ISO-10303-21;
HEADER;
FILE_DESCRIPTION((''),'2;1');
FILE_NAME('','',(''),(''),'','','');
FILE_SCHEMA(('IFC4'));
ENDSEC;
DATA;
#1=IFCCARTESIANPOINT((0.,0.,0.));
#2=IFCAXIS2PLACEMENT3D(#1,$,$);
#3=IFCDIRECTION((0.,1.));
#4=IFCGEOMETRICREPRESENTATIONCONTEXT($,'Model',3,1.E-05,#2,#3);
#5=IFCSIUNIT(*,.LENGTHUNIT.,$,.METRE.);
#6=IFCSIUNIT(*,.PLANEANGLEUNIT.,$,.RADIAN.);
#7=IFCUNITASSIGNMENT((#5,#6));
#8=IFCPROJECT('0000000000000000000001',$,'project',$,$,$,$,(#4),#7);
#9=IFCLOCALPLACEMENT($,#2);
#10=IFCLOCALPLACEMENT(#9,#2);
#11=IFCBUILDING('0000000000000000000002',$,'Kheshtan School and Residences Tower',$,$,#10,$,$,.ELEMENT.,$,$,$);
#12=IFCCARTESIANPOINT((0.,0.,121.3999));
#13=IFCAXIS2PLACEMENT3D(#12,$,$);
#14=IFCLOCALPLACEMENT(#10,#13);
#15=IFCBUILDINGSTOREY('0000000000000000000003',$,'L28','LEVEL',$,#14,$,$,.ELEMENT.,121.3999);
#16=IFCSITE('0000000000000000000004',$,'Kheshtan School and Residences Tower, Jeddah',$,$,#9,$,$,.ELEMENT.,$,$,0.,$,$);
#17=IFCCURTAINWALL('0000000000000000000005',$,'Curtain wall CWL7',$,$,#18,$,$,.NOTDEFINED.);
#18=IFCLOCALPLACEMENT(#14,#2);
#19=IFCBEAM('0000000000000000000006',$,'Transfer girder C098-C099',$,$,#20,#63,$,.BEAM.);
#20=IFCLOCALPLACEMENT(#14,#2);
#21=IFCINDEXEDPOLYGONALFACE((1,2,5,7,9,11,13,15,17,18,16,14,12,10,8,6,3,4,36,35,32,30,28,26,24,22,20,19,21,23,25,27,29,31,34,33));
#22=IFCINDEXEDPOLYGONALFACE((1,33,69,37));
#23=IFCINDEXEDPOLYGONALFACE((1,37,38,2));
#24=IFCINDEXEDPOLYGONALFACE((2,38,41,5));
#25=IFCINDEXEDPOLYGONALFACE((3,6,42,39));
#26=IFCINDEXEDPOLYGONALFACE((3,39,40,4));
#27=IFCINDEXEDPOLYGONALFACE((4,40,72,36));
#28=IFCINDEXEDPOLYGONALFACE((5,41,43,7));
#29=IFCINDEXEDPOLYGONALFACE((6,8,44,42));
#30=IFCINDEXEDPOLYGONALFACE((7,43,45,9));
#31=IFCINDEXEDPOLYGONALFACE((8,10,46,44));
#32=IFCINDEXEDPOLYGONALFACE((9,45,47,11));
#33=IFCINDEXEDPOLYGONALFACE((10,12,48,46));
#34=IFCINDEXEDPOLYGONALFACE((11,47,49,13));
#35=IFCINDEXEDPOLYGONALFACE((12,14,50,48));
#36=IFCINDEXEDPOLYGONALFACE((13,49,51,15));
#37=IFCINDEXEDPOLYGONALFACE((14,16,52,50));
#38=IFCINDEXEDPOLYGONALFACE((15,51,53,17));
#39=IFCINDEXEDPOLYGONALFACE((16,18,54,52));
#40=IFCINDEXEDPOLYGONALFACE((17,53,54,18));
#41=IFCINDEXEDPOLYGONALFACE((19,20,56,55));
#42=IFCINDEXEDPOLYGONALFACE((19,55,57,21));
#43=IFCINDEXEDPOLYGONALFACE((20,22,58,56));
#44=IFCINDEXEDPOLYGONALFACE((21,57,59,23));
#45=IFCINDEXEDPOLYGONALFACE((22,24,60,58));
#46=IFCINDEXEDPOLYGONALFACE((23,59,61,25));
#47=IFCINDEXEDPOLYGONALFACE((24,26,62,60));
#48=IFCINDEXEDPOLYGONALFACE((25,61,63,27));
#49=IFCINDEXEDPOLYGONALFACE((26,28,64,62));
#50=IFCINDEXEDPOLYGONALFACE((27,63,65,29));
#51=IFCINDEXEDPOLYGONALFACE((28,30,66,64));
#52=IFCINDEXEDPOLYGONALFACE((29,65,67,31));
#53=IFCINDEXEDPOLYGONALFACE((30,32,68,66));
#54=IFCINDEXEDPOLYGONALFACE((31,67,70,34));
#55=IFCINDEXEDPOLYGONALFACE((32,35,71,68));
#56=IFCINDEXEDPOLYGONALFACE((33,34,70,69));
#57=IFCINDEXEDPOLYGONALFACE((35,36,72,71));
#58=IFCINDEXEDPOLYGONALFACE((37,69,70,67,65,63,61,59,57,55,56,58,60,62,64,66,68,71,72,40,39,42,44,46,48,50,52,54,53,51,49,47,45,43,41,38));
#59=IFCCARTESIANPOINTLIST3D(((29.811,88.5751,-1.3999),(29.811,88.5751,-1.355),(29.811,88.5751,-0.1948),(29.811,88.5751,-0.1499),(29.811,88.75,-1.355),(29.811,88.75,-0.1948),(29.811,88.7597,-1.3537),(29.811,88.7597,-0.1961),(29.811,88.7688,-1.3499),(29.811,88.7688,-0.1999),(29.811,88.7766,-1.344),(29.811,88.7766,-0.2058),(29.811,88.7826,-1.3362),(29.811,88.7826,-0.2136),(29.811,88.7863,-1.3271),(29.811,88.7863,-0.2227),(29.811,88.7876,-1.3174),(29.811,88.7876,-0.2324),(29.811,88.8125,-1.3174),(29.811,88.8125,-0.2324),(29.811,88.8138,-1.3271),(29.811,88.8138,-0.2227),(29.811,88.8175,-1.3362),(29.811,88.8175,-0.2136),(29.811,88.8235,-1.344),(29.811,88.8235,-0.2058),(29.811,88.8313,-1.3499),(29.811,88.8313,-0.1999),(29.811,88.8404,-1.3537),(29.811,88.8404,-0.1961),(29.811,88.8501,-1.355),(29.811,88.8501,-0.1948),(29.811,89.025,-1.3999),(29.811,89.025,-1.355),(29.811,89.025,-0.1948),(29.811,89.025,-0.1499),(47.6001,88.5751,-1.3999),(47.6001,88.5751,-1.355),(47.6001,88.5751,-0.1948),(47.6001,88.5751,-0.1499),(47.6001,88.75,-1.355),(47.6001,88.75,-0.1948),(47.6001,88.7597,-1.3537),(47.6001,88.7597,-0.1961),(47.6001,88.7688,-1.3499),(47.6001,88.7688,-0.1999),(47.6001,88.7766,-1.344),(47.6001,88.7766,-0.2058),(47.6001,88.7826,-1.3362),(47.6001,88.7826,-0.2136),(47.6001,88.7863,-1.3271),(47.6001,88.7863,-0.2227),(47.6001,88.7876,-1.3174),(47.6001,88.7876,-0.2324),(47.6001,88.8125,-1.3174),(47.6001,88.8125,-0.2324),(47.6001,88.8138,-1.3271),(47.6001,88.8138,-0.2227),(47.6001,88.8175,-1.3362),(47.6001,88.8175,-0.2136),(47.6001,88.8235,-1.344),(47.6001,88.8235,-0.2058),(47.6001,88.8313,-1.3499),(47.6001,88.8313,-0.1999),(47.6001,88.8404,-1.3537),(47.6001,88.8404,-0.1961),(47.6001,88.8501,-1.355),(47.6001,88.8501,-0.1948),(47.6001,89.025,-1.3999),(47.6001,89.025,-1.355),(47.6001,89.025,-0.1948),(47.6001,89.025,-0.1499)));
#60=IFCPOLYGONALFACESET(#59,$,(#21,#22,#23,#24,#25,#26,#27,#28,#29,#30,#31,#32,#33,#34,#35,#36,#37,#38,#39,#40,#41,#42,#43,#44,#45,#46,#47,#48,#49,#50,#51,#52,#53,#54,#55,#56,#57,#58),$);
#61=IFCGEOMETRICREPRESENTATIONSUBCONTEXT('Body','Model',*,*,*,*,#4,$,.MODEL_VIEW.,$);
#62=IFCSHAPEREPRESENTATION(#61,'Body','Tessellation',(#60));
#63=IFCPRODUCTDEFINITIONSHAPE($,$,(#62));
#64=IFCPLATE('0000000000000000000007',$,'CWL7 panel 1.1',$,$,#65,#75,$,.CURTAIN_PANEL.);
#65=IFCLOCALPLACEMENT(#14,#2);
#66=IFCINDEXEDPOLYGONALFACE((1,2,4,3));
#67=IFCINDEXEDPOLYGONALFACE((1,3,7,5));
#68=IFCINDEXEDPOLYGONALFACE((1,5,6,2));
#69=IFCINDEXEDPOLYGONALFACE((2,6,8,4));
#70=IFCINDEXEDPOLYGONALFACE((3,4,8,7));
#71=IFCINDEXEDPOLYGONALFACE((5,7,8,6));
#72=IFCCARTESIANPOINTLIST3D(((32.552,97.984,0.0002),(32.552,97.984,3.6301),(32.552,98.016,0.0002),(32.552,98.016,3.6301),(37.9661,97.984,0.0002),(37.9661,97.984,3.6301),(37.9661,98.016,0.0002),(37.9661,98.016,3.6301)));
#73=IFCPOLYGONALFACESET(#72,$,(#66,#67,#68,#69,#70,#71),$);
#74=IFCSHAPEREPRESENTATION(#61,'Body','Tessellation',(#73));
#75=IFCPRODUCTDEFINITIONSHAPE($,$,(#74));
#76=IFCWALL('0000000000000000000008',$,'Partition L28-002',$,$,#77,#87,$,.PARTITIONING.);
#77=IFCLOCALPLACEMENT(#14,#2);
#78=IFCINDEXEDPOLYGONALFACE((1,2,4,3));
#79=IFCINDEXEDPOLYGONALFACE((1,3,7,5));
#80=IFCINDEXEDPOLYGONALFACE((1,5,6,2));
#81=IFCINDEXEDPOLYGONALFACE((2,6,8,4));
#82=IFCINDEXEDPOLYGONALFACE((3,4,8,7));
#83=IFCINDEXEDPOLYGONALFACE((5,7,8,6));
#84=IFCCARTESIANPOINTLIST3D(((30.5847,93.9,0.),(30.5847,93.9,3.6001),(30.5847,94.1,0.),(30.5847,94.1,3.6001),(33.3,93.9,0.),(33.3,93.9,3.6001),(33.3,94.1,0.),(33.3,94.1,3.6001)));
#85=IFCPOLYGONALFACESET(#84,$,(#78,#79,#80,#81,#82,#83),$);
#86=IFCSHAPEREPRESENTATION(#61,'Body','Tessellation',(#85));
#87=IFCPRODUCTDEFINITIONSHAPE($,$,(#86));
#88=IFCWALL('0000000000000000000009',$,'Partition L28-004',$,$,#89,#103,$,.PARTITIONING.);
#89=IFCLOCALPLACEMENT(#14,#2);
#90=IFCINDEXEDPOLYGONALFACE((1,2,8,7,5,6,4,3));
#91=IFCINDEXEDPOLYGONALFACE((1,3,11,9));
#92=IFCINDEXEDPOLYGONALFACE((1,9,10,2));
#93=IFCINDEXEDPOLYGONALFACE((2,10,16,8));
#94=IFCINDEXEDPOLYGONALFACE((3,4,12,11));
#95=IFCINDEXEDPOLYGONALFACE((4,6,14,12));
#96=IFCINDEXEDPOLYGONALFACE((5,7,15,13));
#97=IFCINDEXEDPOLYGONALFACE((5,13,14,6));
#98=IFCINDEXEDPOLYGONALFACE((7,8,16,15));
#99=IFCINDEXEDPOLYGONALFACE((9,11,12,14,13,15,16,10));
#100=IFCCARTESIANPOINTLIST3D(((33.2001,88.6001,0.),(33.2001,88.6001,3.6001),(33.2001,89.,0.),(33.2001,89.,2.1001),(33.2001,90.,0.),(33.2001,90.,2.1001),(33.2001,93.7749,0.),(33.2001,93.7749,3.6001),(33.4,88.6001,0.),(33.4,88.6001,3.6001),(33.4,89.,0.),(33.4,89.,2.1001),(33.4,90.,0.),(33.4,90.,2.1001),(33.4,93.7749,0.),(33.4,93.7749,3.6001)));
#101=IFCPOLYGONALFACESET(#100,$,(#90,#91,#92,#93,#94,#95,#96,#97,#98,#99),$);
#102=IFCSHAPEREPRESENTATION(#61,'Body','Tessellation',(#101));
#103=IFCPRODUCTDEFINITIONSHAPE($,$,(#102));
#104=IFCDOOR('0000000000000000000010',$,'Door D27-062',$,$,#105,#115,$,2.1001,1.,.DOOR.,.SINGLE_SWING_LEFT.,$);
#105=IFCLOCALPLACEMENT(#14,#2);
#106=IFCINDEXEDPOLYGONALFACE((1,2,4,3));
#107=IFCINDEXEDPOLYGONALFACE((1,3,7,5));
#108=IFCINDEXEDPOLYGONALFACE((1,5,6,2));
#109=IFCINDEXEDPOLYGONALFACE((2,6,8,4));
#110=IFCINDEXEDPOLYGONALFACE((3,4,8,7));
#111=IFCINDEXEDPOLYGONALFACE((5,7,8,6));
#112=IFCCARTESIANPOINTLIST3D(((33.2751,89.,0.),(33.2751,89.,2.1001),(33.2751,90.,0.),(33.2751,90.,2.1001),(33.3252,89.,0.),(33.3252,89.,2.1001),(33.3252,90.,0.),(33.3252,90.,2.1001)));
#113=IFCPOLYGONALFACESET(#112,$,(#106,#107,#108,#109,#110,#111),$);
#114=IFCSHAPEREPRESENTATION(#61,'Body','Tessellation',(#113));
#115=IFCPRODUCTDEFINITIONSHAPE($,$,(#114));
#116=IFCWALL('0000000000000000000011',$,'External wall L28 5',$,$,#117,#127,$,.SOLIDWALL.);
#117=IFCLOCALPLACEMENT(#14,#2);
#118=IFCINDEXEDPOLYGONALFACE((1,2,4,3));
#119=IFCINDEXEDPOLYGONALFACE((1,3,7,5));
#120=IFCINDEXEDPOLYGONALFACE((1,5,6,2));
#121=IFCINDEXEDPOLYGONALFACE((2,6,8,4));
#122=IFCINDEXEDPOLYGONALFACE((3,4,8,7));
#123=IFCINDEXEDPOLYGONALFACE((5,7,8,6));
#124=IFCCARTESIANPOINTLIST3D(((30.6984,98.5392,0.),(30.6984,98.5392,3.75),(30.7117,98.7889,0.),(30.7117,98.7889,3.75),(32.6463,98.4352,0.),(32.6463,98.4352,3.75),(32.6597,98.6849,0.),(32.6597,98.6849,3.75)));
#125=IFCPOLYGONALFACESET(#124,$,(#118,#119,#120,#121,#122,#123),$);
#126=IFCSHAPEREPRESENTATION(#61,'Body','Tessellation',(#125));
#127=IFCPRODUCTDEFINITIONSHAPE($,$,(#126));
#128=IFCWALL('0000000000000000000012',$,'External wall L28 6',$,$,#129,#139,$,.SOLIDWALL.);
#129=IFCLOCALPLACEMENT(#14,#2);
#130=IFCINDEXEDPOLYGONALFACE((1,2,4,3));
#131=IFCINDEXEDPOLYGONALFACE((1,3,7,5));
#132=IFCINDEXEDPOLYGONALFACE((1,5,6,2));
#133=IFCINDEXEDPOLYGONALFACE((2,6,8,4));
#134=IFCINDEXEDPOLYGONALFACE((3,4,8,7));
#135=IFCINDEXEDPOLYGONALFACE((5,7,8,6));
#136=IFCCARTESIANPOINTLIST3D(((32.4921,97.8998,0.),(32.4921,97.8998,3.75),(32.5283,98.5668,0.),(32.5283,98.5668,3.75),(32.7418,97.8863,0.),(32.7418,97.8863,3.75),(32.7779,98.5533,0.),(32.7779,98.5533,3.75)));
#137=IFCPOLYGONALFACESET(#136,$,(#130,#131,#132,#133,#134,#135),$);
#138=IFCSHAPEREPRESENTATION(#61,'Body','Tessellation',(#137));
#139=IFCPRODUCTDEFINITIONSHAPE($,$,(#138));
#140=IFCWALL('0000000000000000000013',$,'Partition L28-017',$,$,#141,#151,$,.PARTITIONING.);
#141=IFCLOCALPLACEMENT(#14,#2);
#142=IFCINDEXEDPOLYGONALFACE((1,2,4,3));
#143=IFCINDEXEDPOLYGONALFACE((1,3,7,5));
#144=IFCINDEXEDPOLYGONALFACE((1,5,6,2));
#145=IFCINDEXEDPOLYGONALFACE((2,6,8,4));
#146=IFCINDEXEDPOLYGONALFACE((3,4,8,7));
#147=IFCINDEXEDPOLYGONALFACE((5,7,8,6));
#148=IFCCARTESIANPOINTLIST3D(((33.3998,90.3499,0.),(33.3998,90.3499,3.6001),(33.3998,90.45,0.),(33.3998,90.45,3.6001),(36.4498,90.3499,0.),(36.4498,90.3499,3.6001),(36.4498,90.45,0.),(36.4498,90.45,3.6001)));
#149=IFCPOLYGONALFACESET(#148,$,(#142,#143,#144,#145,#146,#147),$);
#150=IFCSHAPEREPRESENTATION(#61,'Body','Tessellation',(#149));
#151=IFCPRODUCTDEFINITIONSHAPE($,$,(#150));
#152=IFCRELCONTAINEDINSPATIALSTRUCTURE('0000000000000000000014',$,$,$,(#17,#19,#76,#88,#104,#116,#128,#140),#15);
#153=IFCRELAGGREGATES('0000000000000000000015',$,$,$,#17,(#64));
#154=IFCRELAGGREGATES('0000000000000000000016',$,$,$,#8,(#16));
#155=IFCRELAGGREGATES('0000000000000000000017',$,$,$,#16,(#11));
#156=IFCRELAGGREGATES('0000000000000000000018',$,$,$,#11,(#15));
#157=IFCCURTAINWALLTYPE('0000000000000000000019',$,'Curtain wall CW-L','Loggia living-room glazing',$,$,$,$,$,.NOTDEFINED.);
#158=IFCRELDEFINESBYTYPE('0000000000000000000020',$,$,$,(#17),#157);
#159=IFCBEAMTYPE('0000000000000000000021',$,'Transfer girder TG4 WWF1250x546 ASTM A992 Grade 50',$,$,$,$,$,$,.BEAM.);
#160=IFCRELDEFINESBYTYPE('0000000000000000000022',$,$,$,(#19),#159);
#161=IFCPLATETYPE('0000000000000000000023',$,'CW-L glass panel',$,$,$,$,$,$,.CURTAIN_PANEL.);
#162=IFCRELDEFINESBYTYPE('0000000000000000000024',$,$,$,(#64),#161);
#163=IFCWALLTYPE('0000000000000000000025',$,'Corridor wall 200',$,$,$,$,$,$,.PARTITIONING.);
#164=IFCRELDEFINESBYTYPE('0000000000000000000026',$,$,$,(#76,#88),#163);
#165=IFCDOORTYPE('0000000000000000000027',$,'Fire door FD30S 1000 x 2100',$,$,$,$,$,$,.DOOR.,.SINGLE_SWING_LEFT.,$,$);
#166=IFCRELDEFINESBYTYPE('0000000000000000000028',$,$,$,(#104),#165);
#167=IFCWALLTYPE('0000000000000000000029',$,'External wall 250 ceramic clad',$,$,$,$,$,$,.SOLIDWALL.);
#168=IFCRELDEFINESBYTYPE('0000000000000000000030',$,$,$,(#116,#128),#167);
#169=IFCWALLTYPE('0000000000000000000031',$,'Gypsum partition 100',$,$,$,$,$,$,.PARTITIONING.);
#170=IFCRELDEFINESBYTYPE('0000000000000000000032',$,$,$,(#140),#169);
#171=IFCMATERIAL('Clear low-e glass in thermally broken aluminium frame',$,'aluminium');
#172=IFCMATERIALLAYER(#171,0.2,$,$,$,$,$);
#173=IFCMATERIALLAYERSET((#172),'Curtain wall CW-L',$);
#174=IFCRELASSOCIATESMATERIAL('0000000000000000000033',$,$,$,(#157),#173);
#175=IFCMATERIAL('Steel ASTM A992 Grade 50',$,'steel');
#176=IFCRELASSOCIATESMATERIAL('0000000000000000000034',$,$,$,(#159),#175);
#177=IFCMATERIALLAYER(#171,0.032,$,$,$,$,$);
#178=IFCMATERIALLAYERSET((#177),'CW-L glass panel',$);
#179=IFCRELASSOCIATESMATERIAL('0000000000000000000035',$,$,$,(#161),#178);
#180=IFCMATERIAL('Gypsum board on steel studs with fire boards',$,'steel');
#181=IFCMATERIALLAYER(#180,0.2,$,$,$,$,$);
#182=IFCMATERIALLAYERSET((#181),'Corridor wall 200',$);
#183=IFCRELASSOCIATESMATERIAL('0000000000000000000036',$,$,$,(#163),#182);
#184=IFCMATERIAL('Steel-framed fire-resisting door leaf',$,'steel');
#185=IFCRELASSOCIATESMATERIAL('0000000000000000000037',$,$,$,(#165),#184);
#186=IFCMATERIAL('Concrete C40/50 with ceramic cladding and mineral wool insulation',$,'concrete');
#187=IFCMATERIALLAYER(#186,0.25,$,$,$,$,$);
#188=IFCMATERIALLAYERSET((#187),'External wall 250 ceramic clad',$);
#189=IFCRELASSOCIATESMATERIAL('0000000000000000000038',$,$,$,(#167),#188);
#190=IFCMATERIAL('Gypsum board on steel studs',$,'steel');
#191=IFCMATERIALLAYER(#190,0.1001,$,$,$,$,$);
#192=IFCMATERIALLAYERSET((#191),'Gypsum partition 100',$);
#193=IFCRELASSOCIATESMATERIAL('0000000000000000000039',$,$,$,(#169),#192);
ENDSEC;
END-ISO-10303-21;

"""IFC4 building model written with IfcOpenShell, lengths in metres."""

from ifc_helpers import new_model, si_unit, direction, frame, frame_2d, origin, origin_2d, place, context, subcontext, project, spatial, rectangle, i_section, extrude, source, transform, mapped, material, layer, layer_set, material_profile, profile_set, type_object, element, fill, aggregate, save


model = new_model("IFC4")

# Units and contexts
model_context = context("Model", 3, precision=1e-05, world=origin(), true_north=direction((0.0, 1.0)))
body_context = subcontext(model_context, "Body", "Model", "MODEL_VIEW")
ifc_project = project(units=[si_unit("LENGTHUNIT", "METRE"), si_unit("PLANEANGLEUNIT", "RADIAN")], contexts=[model_context])

# Site, building, storey
site_placement = place(None, origin())
site = spatial("IfcSite", under=ifc_project, at=site_placement, Name="Kheshtan School and Residences Tower, Jeddah", CompositionType="ELEMENT", RefElevation=0.0)
building_placement = place(site_placement, origin())
building = spatial("IfcBuilding", under=site, at=building_placement, Name="Kheshtan School and Residences Tower", CompositionType="ELEMENT")
storey_placement = place(building_placement, frame((0.0, 0.0, 121.3999)))
storey = spatial("IfcBuildingStorey", under=building, at=storey_placement, Name="L28", Description="LEVEL", CompositionType="ELEMENT", Elevation=121.3999)

# Shared definitions
ifc_material_1 = material(Name="Steel ASTM A992 Grade 50", Category="steel")

# Curtain wall
ifc_material_2 = material(Name="Clear low-e glass in thermally broken aluminium frame", Category="aluminium")
ifc_layer_1 = layer(ifc_material_2, 0.2)
ifc_layer_set_1 = layer_set([ifc_layer_1], Name="Curtain wall CW-L")
curtain_wall_type = type_object("IfcCurtainWallType", Name="Curtain wall CW-L", Description="Loggia living-room glazing", PredefinedType="NOTDEFINED", material=ifc_layer_set_1)
curtain_wall_placement = place(storey_placement, origin())
curtain_wall = element("IfcCurtainWall", 1, at=curtain_wall_placement, inside=storey, type_object=curtain_wall_type, Name="Curtain wall CWL7", PredefinedType="NOTDEFINED")

# Beam
ifc_material_profile_1 = material_profile(ifc_material_1, i_section(OverallWidth=0.45, OverallDepth=1.25, WebThickness=0.0249, FlangeThickness=0.0449, FilletRadius=0.0376, at=origin_2d()), Name="WWF1250x546")
ifc_profile_set_1 = profile_set([ifc_material_profile_1], Name="Steel ASTM A992 Grade 50")
beam_type_1 = type_object("IfcBeamType", Name="Transfer girder TG4 WWF1250x546 ASTM A992 Grade 50", PredefinedType="BEAM", material=ifc_profile_set_1)
beam_1_placement = place(storey_placement, frame((29.811, 88.8, -0.7749), z_axis=(1.0, 0.0, 0.0), x_axis=(0.0, 1.0, 0.0)))
element("IfcBeam", 2, at=beam_1_placement, inside=storey, type_object=beam_type_1, Name="Transfer girder C098-C099", PredefinedType="BEAM", context=body_context, shape_type="SweptSolid", body=[
    extrude(i_section(OverallWidth=0.45, OverallDepth=1.25, WebThickness=0.0249, FlangeThickness=0.0449, FilletRadius=0.0376, at=origin_2d()), origin(), (0.0, 0.0, 1.0), 17.7891),
])

# Plate
ifc_layer_2 = layer(ifc_material_2, 0.032)
ifc_layer_set_2 = layer_set([ifc_layer_2], Name="CW-L glass panel")
plate_type = type_object("IfcPlateType", Name="CW-L glass panel", PredefinedType="CURTAIN_PANEL", material=ifc_layer_set_2)
plate_placement = place(storey_placement, frame((35.259, 98.0, 0.0002), z_axis=(0.0, 0.0, 1.0), x_axis=(1.0, 0.0, 0.0)))
plate = element("IfcPlate", 3, at=plate_placement, type_object=plate_type, Name="CWL7 panel 1.1", PredefinedType="CURTAIN_PANEL", context=body_context, shape_type="SweptSolid", body=[
    extrude(rectangle(XDim=5.4141, YDim=0.032, at=origin_2d()), origin(), (0.0, 0.0, 1.0), 3.6299),
])
aggregate(curtain_wall, [plate])

# Wall
ifc_material_3 = material(Name="Gypsum board on steel studs with fire boards", Category="steel")
ifc_layer_3 = layer(ifc_material_3, 0.2)
ifc_layer_set_3 = layer_set([ifc_layer_3], Name="Corridor wall 200")
wall_type_1 = type_object("IfcWallType", Name="Corridor wall 200", PredefinedType="PARTITIONING", material=ifc_layer_set_3)
wall_1_placement = place(storey_placement, frame((30.5847, 94.0, 0.0), z_axis=(0.0, 0.0, 1.0), x_axis=(1.0, 0.0, 0.0)))
element("IfcWall", 4, at=wall_1_placement, inside=storey, type_object=wall_type_1, Name="Partition L28-002", PredefinedType="PARTITIONING", context=body_context, shape_type="SweptSolid", body=[
    extrude(rectangle(XDim=2.7153, YDim=0.2, at=frame_2d((1.3577, 0.0))), origin(), (0.0, 0.0, 1.0), 3.6001),
])

# Wall, opening, door
wall_2_placement = place(storey_placement, frame((33.3, 88.6001, 0.0), z_axis=(0.0, 0.0, 1.0), x_axis=(0.0, 1.0, 0.0)))
wall_2 = element("IfcWall", 5, at=wall_2_placement, inside=storey, type_object=wall_type_1, Name="Partition L28-004", PredefinedType="PARTITIONING", context=body_context, shape_type="SweptSolid", body=[
    extrude(rectangle(XDim=5.1748, YDim=0.2, at=frame_2d((2.5874, 0.0))), origin(), (0.0, 0.0, 1.0), 3.6001),
])
opening_1_placement = place(wall_2_placement, frame((0.3999, 0.0, 0.0)))
opening_1 = element("IfcOpeningElement", 6, at=opening_1_placement, cuts=wall_2, PredefinedType="OPENING", context=body_context, shape_type="SweptSolid", body=[
    extrude(rectangle(XDim=1.0, YDim=2.1001, at=frame_2d((0.5, 1.05))), frame((0.0, 0.1099, 0.0), z_axis=(0.0, -1.0, 0.0), x_axis=(1.0, 0.0, 0.0)), (0.0, 0.0, 1.0), 0.22),
])
ifc_material_4 = material(Name="Steel-framed fire-resisting door leaf", Category="steel")
door_type_1 = type_object("IfcDoorType", Name="Fire door FD30S 1000 x 2100", OperationType="SINGLE_SWING_LEFT", PredefinedType="DOOR", material=ifc_material_4)
shared_shape_1 = source(origin(), body_context, "Body", "SweptSolid", [
    extrude(rectangle(XDim=1.0, YDim=2.1001, at=frame_2d((0.5, 1.05))), frame((0.0, 0.0249, 0.0), z_axis=(0.0, -1.0, 0.0), x_axis=(1.0, 0.0, 0.0)), (0.0, 0.0, 1.0), 0.05),
])
door_1_placement = place(opening_1_placement, origin())
door_1 = element("IfcDoor", 7, at=door_1_placement, inside=storey, type_object=door_type_1, Name="Door D27-062", OperationType="SINGLE_SWING_LEFT", OverallHeight=2.1001, OverallWidth=1.0, PredefinedType="DOOR", context=body_context, shape_type="MappedRepresentation", body=[
    mapped(shared_shape_1, transform((0.0, 0.0, 0.0), x_axis=(1.0, 0.0, 0.0), y_axis=(0.0, 1.0, 0.0), z_axis=(0.0, 0.0, 1.0), scale=1.0)),
])
fill(opening_1, door_1)

# Walls
ifc_material_5 = material(Name="Concrete C40/50 with ceramic cladding and mineral wool insulation", Category="concrete")
ifc_layer_4 = layer(ifc_material_5, 0.25)
ifc_layer_set_4 = layer_set([ifc_layer_4], Name="External wall 250 ceramic clad")
wall_type_2 = type_object("IfcWallType", Name="External wall 250 ceramic clad", PredefinedType="SOLIDWALL", material=ifc_layer_set_4)
wall_3_placement = place(storey_placement, frame((30.7051, 98.6641, 0.0), z_axis=(0.0, 0.0, 1.0), x_axis=(0.998578, -0.053314, 0.0)))
element("IfcWall", 8, at=wall_3_placement, inside=storey, type_object=wall_type_2, Name="External wall L28 5", PredefinedType="SOLIDWALL", context=body_context, shape_type="SweptSolid", body=[
    extrude(rectangle(XDim=1.9507, YDim=0.25, at=frame_2d((0.9753, 0.0))), origin(), (0.0, 0.0, 1.0), 3.75),
])
wall_4_placement = place(storey_placement, frame((32.6531, 98.5601, 0.0), z_axis=(0.0, 0.0, 1.0), x_axis=(-0.054093, -0.998536, 0.0)))
element("IfcWall", 9, at=wall_4_placement, inside=storey, type_object=wall_type_2, Name="External wall L28 6", PredefinedType="SOLIDWALL", context=body_context, shape_type="SweptSolid", body=[
    extrude(rectangle(XDim=0.668, YDim=0.25, at=frame_2d((0.334, 0.0))), origin(), (0.0, 0.0, 1.0), 3.75),
])
ifc_material_6 = material(Name="Gypsum board on steel studs", Category="steel")
ifc_layer_5 = layer(ifc_material_6, 0.1001)
ifc_layer_set_5 = layer_set([ifc_layer_5], Name="Gypsum partition 100")
wall_type_3 = type_object("IfcWallType", Name="Gypsum partition 100", PredefinedType="PARTITIONING", material=ifc_layer_set_5)
wall_5_placement = place(storey_placement, frame((33.3999, 90.3999, 0.0), z_axis=(0.0, 0.0, 1.0), x_axis=(1.0, 0.0, 0.0)))
element("IfcWall", 10, at=wall_5_placement, inside=storey, type_object=wall_type_3, Name="Partition L28-017", PredefinedType="PARTITIONING", context=body_context, shape_type="SweptSolid", body=[
    extrude(rectangle(XDim=3.05, YDim=0.1001, at=frame_2d((1.5249, 0.0))), origin(), (0.0, 0.0, 1.0), 3.6001),
])

save(model, "model.ifc")
